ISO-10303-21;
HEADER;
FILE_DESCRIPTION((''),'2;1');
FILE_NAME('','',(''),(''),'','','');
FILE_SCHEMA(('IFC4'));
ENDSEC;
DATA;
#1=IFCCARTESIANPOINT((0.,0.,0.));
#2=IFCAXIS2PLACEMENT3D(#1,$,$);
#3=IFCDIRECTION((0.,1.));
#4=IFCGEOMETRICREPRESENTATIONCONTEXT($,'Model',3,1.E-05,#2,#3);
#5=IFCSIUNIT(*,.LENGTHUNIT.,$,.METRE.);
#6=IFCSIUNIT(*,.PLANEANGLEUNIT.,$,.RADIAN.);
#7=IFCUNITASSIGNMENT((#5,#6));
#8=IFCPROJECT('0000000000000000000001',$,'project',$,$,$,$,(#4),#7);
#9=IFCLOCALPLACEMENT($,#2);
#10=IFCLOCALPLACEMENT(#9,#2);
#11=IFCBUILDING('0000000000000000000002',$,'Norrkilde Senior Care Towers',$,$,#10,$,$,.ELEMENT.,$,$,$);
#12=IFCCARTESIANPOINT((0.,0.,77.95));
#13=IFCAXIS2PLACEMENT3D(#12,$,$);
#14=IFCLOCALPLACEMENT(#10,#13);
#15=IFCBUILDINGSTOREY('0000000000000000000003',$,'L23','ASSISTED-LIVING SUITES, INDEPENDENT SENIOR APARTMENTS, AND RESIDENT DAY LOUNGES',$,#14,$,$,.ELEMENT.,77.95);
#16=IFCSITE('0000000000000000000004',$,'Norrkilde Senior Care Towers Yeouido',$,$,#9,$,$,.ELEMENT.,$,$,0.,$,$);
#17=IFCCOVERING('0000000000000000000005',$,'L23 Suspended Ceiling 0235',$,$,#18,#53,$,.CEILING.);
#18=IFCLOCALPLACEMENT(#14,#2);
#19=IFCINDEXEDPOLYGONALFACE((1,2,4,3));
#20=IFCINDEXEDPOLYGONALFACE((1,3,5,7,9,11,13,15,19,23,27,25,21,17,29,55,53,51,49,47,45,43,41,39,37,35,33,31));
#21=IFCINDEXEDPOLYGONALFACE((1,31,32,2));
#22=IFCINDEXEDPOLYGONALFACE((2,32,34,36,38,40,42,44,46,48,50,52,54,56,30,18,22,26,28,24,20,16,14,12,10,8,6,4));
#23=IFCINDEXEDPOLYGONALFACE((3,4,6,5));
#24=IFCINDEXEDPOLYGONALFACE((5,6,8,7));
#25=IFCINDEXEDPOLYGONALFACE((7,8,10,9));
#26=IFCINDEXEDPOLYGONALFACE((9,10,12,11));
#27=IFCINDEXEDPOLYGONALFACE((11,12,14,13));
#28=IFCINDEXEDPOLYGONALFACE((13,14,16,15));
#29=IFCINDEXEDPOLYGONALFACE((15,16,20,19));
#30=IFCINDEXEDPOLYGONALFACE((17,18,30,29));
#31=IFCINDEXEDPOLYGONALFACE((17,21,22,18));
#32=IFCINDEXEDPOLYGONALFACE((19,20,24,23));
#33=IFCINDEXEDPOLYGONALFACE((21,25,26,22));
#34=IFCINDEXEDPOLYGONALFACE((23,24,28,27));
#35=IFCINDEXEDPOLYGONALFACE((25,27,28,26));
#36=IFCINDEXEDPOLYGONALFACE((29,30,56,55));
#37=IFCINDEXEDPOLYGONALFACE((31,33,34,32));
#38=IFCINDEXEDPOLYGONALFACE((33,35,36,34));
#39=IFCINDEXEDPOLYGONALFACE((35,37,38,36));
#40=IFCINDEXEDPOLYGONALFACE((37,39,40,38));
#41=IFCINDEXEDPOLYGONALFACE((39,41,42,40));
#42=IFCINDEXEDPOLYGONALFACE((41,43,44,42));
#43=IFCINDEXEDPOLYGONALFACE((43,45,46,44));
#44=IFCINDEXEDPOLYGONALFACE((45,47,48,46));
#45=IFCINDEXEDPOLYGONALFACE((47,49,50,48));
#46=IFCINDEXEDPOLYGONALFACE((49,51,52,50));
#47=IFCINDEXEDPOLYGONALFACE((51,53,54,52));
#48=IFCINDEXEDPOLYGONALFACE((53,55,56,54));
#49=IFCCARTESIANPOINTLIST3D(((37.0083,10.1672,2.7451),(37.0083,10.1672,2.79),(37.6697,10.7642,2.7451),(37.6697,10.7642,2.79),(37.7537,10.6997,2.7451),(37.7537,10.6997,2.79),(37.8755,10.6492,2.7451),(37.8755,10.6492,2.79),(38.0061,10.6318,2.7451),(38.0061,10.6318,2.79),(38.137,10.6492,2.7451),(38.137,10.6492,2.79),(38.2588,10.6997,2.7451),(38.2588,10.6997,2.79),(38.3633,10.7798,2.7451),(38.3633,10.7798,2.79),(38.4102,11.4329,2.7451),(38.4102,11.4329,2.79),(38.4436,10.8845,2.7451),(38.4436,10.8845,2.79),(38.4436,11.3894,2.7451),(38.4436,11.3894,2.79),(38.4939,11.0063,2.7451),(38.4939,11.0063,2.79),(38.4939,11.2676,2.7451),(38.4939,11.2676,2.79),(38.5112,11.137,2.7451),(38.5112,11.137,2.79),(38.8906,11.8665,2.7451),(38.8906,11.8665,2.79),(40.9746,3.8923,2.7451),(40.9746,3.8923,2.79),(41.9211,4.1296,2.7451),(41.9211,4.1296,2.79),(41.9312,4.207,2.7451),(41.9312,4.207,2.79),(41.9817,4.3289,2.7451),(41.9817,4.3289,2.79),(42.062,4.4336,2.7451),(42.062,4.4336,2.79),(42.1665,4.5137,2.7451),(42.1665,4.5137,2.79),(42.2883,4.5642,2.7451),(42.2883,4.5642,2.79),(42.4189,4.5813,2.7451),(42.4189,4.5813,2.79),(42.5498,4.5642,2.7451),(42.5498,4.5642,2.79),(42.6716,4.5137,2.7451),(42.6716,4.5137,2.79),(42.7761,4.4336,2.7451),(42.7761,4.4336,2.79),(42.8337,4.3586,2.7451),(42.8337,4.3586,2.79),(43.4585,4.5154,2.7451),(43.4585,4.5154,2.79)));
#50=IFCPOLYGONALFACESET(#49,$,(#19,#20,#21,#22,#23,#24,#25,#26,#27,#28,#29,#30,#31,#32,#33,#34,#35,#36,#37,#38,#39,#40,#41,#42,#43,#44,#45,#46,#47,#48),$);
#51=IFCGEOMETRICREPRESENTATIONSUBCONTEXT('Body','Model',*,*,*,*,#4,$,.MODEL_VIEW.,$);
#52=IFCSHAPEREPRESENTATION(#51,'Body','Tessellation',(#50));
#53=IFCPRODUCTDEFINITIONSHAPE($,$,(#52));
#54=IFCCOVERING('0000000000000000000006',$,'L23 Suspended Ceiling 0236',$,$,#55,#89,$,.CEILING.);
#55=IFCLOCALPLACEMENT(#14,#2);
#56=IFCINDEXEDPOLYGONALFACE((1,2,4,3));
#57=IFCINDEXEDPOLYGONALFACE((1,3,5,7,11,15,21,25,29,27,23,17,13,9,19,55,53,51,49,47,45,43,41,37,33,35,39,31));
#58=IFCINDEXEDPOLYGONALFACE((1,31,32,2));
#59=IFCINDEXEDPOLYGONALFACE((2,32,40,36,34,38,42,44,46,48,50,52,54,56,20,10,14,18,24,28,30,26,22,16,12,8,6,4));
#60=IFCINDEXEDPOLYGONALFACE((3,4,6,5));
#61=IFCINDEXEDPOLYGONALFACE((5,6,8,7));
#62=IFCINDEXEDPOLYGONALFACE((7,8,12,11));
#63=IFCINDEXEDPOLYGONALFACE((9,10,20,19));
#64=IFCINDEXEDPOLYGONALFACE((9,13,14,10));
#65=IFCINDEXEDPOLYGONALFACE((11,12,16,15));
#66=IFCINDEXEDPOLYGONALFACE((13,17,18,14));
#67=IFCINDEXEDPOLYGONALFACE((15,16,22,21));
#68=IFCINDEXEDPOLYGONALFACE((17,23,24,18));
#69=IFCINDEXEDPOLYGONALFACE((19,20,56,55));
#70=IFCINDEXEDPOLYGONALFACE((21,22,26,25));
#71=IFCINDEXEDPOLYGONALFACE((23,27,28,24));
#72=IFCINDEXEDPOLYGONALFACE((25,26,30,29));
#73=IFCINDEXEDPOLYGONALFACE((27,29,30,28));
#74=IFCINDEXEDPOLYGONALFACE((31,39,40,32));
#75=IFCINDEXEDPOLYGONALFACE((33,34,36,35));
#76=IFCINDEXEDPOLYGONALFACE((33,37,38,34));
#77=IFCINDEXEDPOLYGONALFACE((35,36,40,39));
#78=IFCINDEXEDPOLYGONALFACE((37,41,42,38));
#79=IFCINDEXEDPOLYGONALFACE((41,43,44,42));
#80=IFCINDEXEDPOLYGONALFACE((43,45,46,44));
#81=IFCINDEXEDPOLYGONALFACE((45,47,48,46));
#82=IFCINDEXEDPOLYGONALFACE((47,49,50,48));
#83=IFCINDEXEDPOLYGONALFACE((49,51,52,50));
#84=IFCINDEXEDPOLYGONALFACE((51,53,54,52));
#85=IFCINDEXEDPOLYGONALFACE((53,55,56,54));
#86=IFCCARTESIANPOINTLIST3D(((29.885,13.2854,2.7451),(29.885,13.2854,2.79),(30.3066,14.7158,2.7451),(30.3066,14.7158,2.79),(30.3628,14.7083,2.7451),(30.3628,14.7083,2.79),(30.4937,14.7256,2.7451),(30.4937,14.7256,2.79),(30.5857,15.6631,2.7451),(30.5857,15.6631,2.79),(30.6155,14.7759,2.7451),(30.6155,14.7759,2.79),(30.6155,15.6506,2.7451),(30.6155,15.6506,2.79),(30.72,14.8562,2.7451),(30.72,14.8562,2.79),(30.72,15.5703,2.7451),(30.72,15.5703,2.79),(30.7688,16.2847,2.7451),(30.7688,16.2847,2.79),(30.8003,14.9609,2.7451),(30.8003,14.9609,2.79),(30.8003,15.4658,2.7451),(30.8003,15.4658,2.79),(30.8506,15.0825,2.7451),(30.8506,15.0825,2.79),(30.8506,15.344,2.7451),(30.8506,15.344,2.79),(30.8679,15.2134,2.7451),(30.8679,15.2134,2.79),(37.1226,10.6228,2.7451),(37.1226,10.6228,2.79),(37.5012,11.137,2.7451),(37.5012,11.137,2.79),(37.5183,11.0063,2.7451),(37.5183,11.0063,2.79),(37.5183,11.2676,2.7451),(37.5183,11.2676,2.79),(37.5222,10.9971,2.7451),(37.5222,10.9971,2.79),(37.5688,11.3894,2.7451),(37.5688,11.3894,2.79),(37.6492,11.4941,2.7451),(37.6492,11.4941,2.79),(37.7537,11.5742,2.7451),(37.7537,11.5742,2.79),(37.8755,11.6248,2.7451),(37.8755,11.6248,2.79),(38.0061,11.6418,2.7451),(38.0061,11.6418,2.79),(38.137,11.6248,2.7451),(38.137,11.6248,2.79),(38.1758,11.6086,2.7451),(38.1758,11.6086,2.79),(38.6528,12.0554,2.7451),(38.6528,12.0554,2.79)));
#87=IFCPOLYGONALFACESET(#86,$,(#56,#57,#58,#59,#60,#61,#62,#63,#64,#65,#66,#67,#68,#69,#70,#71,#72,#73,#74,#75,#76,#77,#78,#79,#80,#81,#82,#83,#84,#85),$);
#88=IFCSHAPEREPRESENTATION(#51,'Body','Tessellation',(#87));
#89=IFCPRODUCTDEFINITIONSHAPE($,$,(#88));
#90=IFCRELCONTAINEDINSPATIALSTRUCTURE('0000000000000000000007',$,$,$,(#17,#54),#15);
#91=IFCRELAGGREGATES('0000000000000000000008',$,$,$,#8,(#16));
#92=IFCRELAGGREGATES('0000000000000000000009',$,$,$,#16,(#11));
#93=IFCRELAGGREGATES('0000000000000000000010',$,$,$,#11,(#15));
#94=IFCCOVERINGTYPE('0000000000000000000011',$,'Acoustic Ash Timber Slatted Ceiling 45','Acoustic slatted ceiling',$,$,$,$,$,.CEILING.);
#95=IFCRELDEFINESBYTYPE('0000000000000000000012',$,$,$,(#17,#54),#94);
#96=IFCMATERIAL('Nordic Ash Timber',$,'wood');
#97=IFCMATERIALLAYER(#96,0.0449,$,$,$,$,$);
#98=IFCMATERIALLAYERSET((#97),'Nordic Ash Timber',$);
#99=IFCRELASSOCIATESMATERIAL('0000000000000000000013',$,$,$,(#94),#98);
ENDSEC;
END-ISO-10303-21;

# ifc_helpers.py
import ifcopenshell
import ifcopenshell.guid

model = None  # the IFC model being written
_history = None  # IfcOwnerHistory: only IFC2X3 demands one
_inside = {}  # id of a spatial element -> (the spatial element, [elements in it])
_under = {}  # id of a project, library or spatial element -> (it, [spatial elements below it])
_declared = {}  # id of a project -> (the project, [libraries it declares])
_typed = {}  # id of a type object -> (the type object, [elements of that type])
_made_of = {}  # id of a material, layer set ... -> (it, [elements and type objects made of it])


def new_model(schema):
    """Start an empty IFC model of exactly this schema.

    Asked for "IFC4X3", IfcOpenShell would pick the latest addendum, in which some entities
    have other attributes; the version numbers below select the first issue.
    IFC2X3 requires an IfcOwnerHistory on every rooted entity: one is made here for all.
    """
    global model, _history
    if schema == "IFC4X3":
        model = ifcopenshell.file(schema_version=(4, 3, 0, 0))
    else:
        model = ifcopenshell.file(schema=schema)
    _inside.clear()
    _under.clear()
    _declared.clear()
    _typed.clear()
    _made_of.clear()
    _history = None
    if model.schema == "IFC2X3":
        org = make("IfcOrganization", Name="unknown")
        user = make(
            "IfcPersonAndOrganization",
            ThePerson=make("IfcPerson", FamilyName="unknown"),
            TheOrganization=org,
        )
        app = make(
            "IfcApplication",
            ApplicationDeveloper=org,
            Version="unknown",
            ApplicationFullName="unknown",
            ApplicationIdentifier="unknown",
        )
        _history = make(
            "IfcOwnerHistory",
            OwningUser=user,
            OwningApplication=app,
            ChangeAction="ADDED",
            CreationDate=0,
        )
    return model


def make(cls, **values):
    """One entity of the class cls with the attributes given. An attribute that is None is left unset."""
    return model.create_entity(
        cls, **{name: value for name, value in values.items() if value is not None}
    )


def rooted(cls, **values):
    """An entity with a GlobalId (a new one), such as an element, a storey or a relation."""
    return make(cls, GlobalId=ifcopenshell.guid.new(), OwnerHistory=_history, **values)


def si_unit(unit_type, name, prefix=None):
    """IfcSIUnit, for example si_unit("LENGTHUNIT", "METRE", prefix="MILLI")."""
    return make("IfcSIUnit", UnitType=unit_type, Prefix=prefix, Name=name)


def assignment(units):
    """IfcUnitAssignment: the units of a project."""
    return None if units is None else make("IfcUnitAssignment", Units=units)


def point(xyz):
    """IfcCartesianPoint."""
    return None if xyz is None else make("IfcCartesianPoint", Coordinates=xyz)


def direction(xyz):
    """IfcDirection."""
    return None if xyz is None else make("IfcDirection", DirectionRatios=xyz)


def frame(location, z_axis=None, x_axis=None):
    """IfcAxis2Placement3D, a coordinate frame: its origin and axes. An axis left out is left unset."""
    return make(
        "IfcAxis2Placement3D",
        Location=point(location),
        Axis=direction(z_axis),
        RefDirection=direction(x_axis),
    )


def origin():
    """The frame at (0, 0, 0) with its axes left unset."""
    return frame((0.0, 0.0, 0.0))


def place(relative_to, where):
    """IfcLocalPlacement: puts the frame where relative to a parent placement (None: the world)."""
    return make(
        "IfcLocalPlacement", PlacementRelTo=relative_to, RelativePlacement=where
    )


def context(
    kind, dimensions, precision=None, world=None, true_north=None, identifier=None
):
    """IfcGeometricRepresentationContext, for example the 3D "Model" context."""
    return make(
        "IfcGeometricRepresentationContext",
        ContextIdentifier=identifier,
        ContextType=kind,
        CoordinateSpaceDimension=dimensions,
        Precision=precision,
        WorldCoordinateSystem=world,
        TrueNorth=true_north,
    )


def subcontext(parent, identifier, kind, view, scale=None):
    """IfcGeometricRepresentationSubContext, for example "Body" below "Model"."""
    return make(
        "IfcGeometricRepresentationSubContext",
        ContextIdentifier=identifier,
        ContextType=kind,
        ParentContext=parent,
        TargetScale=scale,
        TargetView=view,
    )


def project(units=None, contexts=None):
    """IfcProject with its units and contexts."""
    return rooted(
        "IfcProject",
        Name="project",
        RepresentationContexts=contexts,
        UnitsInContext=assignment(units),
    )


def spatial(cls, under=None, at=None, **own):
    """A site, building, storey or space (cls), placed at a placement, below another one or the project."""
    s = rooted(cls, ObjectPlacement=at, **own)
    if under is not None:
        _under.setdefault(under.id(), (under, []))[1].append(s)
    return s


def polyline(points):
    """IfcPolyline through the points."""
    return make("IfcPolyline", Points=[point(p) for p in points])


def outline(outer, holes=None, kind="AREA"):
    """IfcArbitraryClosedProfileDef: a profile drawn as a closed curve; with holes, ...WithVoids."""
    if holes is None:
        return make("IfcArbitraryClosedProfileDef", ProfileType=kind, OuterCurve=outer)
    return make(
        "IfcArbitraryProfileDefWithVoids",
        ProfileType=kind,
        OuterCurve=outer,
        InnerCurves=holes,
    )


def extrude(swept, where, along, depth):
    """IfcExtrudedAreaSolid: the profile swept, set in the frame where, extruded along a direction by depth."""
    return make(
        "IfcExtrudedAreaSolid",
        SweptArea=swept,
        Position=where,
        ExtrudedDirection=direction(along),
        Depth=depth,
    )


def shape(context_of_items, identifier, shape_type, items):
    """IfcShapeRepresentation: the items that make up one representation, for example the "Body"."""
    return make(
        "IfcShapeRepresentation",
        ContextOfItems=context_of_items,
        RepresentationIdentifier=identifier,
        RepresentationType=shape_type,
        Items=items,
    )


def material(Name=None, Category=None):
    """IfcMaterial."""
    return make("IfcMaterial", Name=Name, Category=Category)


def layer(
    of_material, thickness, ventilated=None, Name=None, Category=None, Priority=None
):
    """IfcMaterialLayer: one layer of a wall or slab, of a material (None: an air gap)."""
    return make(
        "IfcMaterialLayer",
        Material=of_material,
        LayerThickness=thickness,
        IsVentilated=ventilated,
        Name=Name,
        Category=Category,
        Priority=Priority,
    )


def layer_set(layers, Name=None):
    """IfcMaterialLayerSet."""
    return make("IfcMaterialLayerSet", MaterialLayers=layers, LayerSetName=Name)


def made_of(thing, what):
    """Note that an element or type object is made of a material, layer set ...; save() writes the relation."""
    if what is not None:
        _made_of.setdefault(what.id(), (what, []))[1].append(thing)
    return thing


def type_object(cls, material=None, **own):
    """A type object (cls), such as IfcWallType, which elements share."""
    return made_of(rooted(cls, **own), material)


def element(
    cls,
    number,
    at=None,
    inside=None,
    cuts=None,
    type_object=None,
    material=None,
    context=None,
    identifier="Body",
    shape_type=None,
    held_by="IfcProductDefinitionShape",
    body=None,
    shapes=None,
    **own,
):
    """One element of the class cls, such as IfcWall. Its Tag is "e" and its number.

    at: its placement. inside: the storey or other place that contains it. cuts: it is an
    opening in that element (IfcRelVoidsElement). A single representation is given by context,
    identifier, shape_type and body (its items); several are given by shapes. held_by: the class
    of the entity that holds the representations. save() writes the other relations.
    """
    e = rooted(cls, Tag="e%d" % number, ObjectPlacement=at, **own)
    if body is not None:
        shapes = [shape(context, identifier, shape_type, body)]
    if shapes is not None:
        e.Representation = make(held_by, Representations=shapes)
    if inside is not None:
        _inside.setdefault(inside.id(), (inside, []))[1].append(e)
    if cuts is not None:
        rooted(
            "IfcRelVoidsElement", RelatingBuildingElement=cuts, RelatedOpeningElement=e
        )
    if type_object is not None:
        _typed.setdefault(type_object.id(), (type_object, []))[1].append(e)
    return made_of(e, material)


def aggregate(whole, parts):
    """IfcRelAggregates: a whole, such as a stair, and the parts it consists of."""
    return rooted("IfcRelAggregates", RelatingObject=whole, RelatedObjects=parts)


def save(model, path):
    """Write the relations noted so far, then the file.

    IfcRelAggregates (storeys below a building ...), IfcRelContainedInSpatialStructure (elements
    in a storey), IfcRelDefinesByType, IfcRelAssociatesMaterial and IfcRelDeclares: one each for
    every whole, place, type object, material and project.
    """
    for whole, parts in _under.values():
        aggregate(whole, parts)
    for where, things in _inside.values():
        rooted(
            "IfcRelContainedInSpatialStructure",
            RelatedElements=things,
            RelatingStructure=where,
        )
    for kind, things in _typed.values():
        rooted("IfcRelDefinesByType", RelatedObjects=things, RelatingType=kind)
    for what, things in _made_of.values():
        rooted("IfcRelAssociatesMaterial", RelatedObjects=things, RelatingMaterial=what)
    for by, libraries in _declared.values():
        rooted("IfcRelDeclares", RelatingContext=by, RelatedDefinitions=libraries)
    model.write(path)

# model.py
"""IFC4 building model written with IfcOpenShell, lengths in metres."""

from ifc_helpers import new_model, si_unit, direction, frame, origin, place, context, subcontext, project, spatial, polyline, outline, extrude, material, layer, layer_set, type_object, element, save


model = new_model("IFC4")

# Units and contexts
model_context = context("Model", 3, precision=1e-05, world=origin(), true_north=direction((0.0, 1.0)))
body_context = subcontext(model_context, "Body", "Model", "MODEL_VIEW")
ifc_project = project(units=[si_unit("LENGTHUNIT", "METRE"), si_unit("PLANEANGLEUNIT", "RADIAN")], contexts=[model_context])

# Site, building, storey
site_placement = place(None, origin())
site = spatial("IfcSite", under=ifc_project, at=site_placement, Name="Norrkilde Senior Care Towers Yeouido", CompositionType="ELEMENT", RefElevation=0.0)
building_placement = place(site_placement, origin())
building = spatial("IfcBuilding", under=site, at=building_placement, Name="Norrkilde Senior Care Towers", CompositionType="ELEMENT")
storey_placement = place(building_placement, frame((0.0, 0.0, 77.95)))
storey = spatial("IfcBuildingStorey", under=building, at=storey_placement, Name="L23", Description="ASSISTED-LIVING SUITES, INDEPENDENT SENIOR APARTMENTS, AND RESIDENT DAY LOUNGES", CompositionType="ELEMENT", Elevation=77.95)

# Coverings
ifc_material_1 = material(Name="Nordic Ash Timber", Category="wood")
ifc_layer_1 = layer(ifc_material_1, 0.0449)
ifc_layer_set_1 = layer_set([ifc_layer_1], Name="Nordic Ash Timber")
covering_type_1 = type_object("IfcCoveringType", Name="Acoustic Ash Timber Slatted Ceiling 45", Description="Acoustic slatted ceiling", PredefinedType="CEILING", material=ifc_layer_set_1)
covering_1_placement = place(storey_placement, frame((0.0, 0.0, 2.7451)))
element("IfcCovering", 1, at=covering_1_placement, inside=storey, type_object=covering_type_1, Name="L23 Suspended Ceiling 0235", PredefinedType="CEILING", context=body_context, shape_type="SweptSolid", body=[
    extrude(outline(polyline([(42.8337, 4.3586), (42.7761, 4.4336), (42.6716, 4.5137), (42.5498, 4.5642), (42.4189, 4.5813), (42.2883, 4.5642), (42.1665, 4.5137), (42.062, 4.4336), (41.9817, 4.3289), (41.9312, 4.207), (41.9211, 4.1296), (40.9746, 3.8923), (37.0083, 10.1672), (37.6697, 10.7642), (37.7537, 10.6997), (37.8755, 10.6492), (38.0061, 10.6318), (38.137, 10.6492), (38.2588, 10.6997), (38.3633, 10.7798), (38.4436, 10.8845), (38.4939, 11.0063), (38.5112, 11.137), (38.4939, 11.2676), (38.4436, 11.3894), (38.4102, 11.4329), (38.8906, 11.8665), (43.4585, 4.5154), (42.8337, 4.3586)])), origin(), (0.0, 0.0, 1.0), 0.0449),
])
covering_2_placement = place(storey_placement, frame((0.0, 0.0, 2.7451)))
element("IfcCovering", 2, at=covering_2_placement, inside=storey, type_object=covering_type_1, Name="L23 Suspended Ceiling 0236", PredefinedType="CEILING", context=body_context, shape_type="SweptSolid", body=[
    extrude(outline(polyline([(38.1758, 11.6086), (38.137, 11.6248), (38.0061, 11.6418), (37.8755, 11.6248), (37.7537, 11.5742), (37.6492, 11.4941), (37.5688, 11.3894), (37.5183, 11.2676), (37.5012, 11.137), (37.5183, 11.0063), (37.5222, 10.9971), (37.1226, 10.6228), (29.885, 13.2854), (30.3066, 14.7158), (30.3628, 14.7083), (30.4937, 14.7256), (30.6155, 14.7759), (30.72, 14.8562), (30.8003, 14.9609), (30.8506, 15.0825), (30.8679, 15.2134), (30.8506, 15.344), (30.8003, 15.4658), (30.72, 15.5703), (30.6155, 15.6506), (30.5857, 15.6631), (30.7688, 16.2847), (38.6528, 12.0554), (38.1758, 11.6086)])), origin(), (0.0, 0.0, 1.0), 0.0449),
])

save(model, "model.ifc")
